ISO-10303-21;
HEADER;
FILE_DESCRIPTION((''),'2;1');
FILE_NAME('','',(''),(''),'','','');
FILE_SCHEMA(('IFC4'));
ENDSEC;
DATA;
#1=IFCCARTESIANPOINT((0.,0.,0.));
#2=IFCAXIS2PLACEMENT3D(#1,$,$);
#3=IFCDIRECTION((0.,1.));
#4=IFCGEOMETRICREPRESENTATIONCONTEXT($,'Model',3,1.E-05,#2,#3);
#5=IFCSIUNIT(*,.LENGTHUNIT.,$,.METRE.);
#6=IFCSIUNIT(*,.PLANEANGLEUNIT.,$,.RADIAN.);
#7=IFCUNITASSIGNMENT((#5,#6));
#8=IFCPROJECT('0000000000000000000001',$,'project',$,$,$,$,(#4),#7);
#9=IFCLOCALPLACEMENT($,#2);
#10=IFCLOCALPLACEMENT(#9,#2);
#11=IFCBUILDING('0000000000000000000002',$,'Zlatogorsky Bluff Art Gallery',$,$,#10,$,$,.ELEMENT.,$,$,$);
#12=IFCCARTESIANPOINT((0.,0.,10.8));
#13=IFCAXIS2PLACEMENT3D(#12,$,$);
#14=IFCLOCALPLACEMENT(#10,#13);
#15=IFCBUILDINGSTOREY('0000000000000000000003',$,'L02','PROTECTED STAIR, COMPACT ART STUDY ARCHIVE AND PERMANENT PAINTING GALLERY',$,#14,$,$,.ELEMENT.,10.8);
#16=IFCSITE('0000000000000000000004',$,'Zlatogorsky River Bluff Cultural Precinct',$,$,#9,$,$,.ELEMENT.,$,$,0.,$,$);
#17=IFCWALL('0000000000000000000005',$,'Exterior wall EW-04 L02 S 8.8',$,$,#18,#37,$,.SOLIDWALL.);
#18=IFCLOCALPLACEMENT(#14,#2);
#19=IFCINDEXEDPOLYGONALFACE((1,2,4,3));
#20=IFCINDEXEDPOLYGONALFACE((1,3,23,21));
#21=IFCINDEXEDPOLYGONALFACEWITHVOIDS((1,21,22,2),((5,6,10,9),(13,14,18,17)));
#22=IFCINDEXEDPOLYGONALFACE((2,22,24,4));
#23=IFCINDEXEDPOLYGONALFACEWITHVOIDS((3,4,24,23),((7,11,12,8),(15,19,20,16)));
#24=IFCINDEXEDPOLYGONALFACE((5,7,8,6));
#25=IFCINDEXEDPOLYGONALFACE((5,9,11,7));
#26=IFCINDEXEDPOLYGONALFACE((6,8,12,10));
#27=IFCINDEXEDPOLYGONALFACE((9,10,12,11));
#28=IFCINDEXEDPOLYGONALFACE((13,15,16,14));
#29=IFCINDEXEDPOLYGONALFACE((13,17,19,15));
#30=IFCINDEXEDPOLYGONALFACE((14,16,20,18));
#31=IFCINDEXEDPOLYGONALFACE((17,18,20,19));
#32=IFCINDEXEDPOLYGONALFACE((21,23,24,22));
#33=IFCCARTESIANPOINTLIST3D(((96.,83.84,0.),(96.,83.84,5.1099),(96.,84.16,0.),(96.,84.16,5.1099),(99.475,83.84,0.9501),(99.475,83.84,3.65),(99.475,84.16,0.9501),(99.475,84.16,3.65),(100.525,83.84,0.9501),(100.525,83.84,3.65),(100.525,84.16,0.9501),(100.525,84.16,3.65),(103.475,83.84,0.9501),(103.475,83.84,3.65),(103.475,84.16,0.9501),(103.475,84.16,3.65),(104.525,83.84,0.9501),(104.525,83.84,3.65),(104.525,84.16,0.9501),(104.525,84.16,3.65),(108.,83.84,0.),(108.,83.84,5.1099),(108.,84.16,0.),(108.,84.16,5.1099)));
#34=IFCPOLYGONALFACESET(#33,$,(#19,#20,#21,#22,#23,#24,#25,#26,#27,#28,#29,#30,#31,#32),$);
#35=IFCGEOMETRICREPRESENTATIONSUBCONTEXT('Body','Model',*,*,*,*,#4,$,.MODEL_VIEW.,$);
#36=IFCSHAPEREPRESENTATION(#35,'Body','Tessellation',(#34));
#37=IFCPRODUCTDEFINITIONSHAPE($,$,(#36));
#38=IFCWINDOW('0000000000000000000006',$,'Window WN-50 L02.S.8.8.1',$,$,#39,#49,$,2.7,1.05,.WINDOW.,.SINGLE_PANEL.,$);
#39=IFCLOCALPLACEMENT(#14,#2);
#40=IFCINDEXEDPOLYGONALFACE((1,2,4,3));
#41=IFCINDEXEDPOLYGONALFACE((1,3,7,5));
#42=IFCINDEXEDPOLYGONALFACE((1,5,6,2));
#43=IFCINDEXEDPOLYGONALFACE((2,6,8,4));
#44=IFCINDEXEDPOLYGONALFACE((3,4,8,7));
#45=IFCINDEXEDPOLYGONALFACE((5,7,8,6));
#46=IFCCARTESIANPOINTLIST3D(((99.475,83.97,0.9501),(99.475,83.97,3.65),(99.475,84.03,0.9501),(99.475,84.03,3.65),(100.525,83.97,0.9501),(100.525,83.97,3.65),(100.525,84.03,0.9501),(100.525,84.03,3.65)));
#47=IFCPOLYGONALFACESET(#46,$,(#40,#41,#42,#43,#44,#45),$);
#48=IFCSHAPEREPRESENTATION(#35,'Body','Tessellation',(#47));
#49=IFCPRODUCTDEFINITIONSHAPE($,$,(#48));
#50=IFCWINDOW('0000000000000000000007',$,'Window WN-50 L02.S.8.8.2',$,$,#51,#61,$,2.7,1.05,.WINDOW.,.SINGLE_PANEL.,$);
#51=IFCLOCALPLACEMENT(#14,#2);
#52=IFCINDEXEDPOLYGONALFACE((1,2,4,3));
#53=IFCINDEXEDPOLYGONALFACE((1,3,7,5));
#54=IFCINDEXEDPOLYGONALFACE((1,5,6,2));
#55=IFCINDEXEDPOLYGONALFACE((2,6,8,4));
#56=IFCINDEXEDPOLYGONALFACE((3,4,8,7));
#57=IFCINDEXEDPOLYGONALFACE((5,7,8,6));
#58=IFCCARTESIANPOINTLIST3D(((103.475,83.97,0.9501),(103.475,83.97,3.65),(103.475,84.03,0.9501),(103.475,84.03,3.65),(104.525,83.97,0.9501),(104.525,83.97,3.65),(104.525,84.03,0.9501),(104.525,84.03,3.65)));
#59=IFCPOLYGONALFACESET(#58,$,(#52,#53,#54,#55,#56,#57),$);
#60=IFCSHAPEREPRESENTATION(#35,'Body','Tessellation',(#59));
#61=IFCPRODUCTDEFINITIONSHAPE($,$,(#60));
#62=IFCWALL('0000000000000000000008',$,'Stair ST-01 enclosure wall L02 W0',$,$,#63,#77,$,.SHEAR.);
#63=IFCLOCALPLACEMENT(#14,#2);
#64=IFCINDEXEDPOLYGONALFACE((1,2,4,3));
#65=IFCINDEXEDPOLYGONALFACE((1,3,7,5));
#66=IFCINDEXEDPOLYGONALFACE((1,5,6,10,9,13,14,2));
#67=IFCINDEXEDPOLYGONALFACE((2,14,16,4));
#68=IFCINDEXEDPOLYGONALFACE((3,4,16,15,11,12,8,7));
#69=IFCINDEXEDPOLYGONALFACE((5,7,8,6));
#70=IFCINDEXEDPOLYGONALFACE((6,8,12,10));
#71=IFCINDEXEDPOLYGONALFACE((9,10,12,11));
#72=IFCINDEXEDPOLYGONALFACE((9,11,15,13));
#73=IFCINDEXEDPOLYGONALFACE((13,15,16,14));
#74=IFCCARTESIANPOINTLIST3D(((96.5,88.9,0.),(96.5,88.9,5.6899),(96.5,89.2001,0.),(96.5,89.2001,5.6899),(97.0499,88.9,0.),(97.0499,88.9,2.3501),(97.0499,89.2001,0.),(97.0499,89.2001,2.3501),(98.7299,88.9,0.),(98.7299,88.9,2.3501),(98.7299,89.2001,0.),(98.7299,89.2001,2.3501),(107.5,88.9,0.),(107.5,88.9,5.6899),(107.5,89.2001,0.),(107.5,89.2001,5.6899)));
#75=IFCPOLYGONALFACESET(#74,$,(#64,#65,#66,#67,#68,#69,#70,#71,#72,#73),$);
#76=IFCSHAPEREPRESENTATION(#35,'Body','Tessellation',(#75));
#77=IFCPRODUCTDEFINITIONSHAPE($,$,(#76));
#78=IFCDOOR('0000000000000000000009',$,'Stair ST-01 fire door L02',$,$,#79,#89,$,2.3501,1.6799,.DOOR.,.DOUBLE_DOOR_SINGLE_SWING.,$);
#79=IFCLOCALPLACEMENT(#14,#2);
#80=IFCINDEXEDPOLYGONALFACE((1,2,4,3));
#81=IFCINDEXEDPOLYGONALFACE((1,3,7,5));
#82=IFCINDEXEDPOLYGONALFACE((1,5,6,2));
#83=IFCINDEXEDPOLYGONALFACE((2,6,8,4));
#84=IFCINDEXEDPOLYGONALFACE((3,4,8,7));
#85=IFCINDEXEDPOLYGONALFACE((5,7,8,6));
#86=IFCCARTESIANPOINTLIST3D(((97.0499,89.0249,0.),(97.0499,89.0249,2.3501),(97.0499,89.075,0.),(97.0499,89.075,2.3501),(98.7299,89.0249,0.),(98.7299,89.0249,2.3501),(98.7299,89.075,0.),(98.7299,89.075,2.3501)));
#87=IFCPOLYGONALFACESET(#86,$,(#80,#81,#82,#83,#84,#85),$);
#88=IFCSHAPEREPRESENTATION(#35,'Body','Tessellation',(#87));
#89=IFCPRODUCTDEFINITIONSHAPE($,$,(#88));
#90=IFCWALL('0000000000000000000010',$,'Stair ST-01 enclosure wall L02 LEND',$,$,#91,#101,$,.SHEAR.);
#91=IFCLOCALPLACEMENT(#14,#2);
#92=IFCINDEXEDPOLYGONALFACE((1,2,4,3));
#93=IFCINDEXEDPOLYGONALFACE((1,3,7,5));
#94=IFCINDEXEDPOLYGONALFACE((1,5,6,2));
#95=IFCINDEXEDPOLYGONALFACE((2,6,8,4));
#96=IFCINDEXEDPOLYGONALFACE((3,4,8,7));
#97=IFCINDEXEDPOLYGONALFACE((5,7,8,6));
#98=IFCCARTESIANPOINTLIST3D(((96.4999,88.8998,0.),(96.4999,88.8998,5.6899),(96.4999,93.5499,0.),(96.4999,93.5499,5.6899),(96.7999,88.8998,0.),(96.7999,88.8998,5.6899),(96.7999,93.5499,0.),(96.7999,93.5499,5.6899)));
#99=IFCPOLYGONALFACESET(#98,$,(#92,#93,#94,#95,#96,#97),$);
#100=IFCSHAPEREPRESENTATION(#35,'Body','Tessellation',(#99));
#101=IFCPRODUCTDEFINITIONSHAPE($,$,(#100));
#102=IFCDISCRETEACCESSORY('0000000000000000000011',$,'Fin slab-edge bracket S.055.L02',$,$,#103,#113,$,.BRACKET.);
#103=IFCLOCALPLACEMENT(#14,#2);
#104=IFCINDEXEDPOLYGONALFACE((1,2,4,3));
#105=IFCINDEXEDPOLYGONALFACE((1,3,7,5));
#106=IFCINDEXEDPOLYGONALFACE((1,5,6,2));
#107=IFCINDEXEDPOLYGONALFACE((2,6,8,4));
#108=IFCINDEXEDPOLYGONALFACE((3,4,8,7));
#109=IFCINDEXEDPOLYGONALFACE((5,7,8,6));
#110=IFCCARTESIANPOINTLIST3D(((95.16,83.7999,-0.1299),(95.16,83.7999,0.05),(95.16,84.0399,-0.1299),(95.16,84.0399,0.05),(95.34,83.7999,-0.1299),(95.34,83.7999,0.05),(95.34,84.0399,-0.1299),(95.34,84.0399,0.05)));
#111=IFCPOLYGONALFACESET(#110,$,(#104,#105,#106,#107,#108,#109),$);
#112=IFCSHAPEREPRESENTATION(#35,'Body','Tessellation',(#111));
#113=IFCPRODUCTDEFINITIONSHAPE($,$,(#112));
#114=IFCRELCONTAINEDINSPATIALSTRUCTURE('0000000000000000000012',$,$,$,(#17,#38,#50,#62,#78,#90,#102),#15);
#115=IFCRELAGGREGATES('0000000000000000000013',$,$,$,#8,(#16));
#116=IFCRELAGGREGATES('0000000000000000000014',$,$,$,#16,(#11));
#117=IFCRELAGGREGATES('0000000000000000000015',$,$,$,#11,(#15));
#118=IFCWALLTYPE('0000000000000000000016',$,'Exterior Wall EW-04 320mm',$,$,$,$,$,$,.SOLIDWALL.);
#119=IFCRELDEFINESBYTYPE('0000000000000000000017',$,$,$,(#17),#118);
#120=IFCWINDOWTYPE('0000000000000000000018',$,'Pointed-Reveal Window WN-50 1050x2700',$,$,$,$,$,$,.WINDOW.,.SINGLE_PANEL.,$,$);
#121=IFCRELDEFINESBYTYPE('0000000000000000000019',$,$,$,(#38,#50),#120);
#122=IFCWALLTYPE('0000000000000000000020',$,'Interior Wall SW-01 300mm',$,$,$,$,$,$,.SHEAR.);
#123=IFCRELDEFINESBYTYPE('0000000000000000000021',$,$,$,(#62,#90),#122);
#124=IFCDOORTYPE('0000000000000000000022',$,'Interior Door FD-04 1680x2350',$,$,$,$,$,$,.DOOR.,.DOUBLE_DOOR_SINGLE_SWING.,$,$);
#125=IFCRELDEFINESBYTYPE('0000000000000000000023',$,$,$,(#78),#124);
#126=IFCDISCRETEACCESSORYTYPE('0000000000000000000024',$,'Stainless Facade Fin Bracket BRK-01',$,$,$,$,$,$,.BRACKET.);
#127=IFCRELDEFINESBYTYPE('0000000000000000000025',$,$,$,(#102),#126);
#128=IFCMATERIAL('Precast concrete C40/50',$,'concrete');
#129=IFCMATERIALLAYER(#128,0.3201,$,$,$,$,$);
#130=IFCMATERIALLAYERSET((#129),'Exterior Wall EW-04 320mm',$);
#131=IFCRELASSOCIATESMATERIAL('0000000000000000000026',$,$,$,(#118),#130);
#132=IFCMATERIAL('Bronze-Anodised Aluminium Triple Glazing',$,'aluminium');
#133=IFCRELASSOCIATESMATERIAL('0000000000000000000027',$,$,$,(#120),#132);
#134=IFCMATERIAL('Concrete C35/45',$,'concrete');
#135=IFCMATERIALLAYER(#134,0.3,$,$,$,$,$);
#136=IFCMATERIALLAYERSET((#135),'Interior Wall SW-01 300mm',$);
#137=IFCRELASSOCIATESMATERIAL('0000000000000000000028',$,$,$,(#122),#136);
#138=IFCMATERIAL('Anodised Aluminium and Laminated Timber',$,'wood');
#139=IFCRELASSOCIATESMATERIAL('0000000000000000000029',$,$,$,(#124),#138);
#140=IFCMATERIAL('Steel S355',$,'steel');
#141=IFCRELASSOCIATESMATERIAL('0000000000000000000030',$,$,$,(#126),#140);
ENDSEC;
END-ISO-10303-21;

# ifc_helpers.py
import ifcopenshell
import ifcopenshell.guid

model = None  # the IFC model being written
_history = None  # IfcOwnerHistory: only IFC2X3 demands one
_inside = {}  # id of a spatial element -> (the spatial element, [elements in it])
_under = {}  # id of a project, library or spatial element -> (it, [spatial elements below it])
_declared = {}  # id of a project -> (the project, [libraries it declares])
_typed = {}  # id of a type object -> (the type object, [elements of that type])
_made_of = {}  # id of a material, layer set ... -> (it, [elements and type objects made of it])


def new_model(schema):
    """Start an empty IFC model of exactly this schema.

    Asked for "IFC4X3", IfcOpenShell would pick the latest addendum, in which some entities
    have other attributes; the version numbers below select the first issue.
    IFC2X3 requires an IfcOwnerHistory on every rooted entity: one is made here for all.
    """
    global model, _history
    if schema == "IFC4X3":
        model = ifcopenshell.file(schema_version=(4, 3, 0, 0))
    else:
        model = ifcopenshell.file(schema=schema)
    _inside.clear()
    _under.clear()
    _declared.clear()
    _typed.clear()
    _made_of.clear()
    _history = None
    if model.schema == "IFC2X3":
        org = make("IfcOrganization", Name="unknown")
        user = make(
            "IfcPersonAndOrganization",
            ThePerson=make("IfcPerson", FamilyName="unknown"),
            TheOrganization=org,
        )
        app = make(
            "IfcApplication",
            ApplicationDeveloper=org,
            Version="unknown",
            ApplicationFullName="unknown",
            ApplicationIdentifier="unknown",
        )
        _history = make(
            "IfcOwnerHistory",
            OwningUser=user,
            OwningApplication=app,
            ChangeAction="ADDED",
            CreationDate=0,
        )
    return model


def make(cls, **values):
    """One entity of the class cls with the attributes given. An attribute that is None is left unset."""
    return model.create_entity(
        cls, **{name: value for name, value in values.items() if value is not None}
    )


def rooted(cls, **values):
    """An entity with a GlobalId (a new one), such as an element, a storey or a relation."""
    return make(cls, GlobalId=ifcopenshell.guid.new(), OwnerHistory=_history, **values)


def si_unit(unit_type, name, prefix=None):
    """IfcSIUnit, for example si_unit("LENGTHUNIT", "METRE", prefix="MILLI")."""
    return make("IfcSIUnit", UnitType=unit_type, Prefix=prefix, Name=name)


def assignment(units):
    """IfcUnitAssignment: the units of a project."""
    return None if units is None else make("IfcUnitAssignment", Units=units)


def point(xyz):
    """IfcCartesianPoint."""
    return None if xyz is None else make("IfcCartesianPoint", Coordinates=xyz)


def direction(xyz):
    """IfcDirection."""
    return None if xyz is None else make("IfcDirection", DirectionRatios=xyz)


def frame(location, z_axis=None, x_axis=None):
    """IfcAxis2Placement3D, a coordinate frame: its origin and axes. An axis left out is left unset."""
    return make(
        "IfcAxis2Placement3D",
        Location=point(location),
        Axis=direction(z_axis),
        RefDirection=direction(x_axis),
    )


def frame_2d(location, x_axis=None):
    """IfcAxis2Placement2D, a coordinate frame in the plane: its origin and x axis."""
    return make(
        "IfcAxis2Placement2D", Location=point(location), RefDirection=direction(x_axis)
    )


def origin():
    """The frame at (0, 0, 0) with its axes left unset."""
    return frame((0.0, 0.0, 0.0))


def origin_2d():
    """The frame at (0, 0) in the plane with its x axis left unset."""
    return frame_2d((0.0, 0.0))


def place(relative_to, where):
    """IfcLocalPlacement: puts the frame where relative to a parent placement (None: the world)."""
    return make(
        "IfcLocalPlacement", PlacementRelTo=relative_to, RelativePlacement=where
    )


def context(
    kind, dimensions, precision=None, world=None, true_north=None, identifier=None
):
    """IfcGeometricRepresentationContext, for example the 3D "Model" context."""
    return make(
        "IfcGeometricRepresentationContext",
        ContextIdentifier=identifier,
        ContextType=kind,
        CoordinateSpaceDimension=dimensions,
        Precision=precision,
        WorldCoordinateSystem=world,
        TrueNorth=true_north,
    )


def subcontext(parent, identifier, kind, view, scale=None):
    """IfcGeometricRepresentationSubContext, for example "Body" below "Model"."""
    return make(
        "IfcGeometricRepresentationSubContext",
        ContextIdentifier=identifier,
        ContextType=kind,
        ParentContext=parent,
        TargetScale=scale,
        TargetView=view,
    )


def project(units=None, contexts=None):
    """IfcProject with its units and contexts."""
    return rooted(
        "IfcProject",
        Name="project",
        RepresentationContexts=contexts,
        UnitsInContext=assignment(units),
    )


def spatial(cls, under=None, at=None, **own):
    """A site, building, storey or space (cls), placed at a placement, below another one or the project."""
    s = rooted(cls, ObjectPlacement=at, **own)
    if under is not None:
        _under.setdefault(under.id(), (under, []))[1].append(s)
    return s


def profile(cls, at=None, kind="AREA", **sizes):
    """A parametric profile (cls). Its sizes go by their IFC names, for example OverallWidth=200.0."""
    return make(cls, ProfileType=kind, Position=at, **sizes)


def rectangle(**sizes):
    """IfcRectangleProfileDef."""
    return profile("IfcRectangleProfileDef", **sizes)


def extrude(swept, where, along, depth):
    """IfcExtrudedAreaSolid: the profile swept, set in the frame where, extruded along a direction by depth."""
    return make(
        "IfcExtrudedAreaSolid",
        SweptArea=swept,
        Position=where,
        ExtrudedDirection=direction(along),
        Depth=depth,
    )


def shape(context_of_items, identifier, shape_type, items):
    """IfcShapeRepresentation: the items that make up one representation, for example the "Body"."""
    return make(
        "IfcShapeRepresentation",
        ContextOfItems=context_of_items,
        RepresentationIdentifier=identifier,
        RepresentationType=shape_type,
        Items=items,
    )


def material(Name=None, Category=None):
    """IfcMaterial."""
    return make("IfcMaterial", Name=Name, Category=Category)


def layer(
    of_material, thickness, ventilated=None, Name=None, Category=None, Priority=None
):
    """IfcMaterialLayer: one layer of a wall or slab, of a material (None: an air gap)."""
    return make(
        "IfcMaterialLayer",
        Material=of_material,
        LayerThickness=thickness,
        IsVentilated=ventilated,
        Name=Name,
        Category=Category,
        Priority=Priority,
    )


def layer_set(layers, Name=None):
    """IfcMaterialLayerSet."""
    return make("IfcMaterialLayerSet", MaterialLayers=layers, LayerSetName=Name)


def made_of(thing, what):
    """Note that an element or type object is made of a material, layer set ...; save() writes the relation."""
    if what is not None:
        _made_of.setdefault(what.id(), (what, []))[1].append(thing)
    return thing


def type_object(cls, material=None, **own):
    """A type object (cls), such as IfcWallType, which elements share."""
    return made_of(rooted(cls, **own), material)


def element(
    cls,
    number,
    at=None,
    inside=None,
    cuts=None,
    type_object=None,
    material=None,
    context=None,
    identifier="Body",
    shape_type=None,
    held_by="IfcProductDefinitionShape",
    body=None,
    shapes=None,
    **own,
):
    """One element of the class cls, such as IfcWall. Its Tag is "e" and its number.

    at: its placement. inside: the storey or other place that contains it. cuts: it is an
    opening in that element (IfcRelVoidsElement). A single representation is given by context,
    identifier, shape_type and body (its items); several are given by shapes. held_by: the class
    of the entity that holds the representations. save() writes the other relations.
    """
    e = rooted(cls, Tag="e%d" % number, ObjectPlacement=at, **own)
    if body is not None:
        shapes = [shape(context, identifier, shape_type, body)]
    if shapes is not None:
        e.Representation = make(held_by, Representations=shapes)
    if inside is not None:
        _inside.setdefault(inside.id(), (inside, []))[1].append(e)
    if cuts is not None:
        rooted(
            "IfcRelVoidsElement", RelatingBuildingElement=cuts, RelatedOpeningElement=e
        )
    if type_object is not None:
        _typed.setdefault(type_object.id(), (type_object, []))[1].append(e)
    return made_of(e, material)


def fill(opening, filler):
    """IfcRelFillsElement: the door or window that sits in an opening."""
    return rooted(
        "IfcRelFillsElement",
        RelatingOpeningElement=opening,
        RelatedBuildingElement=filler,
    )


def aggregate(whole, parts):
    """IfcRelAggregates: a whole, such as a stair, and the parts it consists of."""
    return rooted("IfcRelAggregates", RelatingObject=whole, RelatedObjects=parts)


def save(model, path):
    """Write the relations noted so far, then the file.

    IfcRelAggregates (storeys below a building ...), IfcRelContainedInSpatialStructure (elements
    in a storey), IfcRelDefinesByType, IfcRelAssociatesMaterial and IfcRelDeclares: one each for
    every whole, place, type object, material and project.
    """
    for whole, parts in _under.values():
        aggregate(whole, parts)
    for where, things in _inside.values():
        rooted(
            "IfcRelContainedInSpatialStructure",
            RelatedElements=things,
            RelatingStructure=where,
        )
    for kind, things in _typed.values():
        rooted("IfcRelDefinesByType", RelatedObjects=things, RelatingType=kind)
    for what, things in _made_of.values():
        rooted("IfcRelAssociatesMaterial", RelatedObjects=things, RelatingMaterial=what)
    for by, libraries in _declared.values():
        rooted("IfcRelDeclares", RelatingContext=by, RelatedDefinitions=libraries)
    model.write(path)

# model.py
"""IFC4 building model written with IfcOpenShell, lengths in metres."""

from ifc_helpers import new_model, si_unit, direction, frame, frame_2d, origin, origin_2d, place, context, subcontext, project, spatial, rectangle, extrude, material, layer, layer_set, type_object, element, fill, save


model = new_model("IFC4")

# Units and contexts
model_context = context("Model", 3, precision=1e-05, world=origin(), true_north=direction((0.0, 1.0)))
body_context = subcontext(model_context, "Body", "Model", "MODEL_VIEW")
ifc_project = project(units=[si_unit("LENGTHUNIT", "METRE"), si_unit("PLANEANGLEUNIT", "RADIAN")], contexts=[model_context])

# Site, building, storey
site_placement = place(None, origin())
site = spatial("IfcSite", under=ifc_project, at=site_placement, Name="Zlatogorsky River Bluff Cultural Precinct", CompositionType="ELEMENT", RefElevation=0.0)
building_placement = place(site_placement, origin())
building = spatial("IfcBuilding", under=site, at=building_placement, Name="Zlatogorsky Bluff Art Gallery", CompositionType="ELEMENT")
storey_placement = place(building_placement, frame((0.0, 0.0, 10.8)))
storey = spatial("IfcBuildingStorey", under=building, at=storey_placement, Name="L02", Description="PROTECTED STAIR, COMPACT ART STUDY ARCHIVE AND PERMANENT PAINTING GALLERY", CompositionType="ELEMENT", Elevation=10.8)

# Shared definitions
ifc_material_1 = material(Name="Steel S355", Category="steel")

# Wall, openings, windows
ifc_material_2 = material(Name="Precast concrete C40/50", Category="concrete")
ifc_layer_1 = layer(ifc_material_2, 0.3201)
ifc_layer_set_1 = layer_set([ifc_layer_1], Name="Exterior Wall EW-04 320mm")
wall_type_1 = type_object("IfcWallType", Name="Exterior Wall EW-04 320mm", PredefinedType="SOLIDWALL", material=ifc_layer_set_1)
wall_1_placement = place(storey_placement, frame((96.0, 84.0, 0.0), z_axis=(0.0, 0.0, 1.0), x_axis=(1.0, 0.0, 0.0)))
wall_1 = element("IfcWall", 1, at=wall_1_placement, inside=storey, type_object=wall_type_1, Name="Exterior wall EW-04 L02 S 8.8", PredefinedType="SOLIDWALL", context=body_context, shape_type="SweptSolid", body=[
    extrude(rectangle(XDim=12.0, YDim=0.3201, at=frame_2d((6.0, 0.0))), origin(), (0.0, 0.0, 1.0), 5.1099),
])
opening_1_placement = place(wall_1_placement, frame((3.4751, 0.0, 0.95)))
opening_1 = element("IfcOpeningElement", 2, at=opening_1_placement, cuts=wall_1, PredefinedType="OPENING", context=body_context, shape_type="SweptSolid", body=[
    extrude(rectangle(XDim=1.05, YDim=2.7, at=frame_2d((0.5249, 1.3501))), frame((0.0, 0.1699, 0.0), z_axis=(0.0, -1.0, 0.0), x_axis=(1.0, 0.0, 0.0)), (0.0, 0.0, 1.0), 0.3401),
])
opening_2_placement = place(wall_1_placement, frame((7.4751, 0.0, 0.95)))
opening_2 = element("IfcOpeningElement", 3, at=opening_2_placement, cuts=wall_1, PredefinedType="OPENING", context=body_context, shape_type="SweptSolid", body=[
    extrude(rectangle(XDim=1.05, YDim=2.7, at=frame_2d((0.5249, 1.3501))), frame((0.0, 0.1699, 0.0), z_axis=(0.0, -1.0, 0.0), x_axis=(1.0, 0.0, 0.0)), (0.0, 0.0, 1.0), 0.3401),
])
ifc_material_3 = material(Name="Bronze-Anodised Aluminium Triple Glazing", Category="aluminium")
window_type = type_object("IfcWindowType", Name="Pointed-Reveal Window WN-50 1050x2700", PartitioningType="SINGLE_PANEL", PredefinedType="WINDOW", material=ifc_material_3)
window_1_placement = place(opening_1_placement, origin())
window_1 = element("IfcWindow", 4, at=window_1_placement, inside=storey, type_object=window_type, Name="Window WN-50 L02.S.8.8.1", OverallHeight=2.7, OverallWidth=1.05, PartitioningType="SINGLE_PANEL", PredefinedType="WINDOW", context=body_context, shape_type="SweptSolid", body=[
    extrude(rectangle(XDim=1.05, YDim=2.7, at=frame_2d((0.5249, 1.3501))), frame((0.0, 0.03, 0.0), z_axis=(0.0, -1.0, 0.0), x_axis=(1.0, 0.0, 0.0)), (0.0, 0.0, 1.0), 0.0601),
])
fill(opening_1, window_1)
window_2_placement = place(opening_2_placement, origin())
window_2 = element("IfcWindow", 5, at=window_2_placement, inside=storey, type_object=window_type, Name="Window WN-50 L02.S.8.8.2", OverallHeight=2.7, OverallWidth=1.05, PartitioningType="SINGLE_PANEL", PredefinedType="WINDOW", context=body_context, shape_type="SweptSolid", body=[
    extrude(rectangle(XDim=1.05, YDim=2.7, at=frame_2d((0.5249, 1.3501))), frame((0.0, 0.03, 0.0), z_axis=(0.0, -1.0, 0.0), x_axis=(1.0, 0.0, 0.0)), (0.0, 0.0, 1.0), 0.0601),
])
fill(opening_2, window_2)

# Wall, opening, door
ifc_material_4 = material(Name="Concrete C35/45", Category="concrete")
ifc_layer_2 = layer(ifc_material_4, 0.3)
ifc_layer_set_2 = layer_set([ifc_layer_2], Name="Interior Wall SW-01 300mm")
wall_type_2 = type_object("IfcWallType", Name="Interior Wall SW-01 300mm", PredefinedType="SHEAR", material=ifc_layer_set_2)
wall_2_placement = place(storey_placement, frame((96.5, 89.05, 0.0), z_axis=(0.0, 0.0, 1.0), x_axis=(1.0, 0.0, 0.0)))
wall_2 = element("IfcWall", 6, at=wall_2_placement, inside=storey, type_object=wall_type_2, Name="Stair ST-01 enclosure wall L02 W0", PredefinedType="SHEAR", context=body_context, shape_type="SweptSolid", body=[
    extrude(rectangle(XDim=11.0, YDim=0.3, at=frame_2d((5.5, 0.0))), origin(), (0.0, 0.0, 1.0), 5.6899),
])
opening_3_placement = place(wall_2_placement, frame((0.55, 0.0, 0.0)))
opening_3 = element("IfcOpeningElement", 7, at=opening_3_placement, cuts=wall_2, PredefinedType="OPENING", context=body_context, shape_type="SweptSolid", body=[
    extrude(rectangle(XDim=1.6799, YDim=2.3501, at=frame_2d((0.8398, 1.175))), frame((0.0, 0.1599, 0.0), z_axis=(0.0, -1.0, 0.0), x_axis=(1.0, 0.0, 0.0)), (0.0, 0.0, 1.0), 0.3201),
])
ifc_material_5 = material(Name="Anodised Aluminium and Laminated Timber", Category="wood")
door_type = type_object("IfcDoorType", Name="Interior Door FD-04 1680x2350", OperationType="DOUBLE_DOOR_SINGLE_SWING", PredefinedType="DOOR", material=ifc_material_5)
door_placement = place(opening_3_placement, origin())
door = element("IfcDoor", 8, at=door_placement, inside=storey, type_object=door_type, Name="Stair ST-01 fire door L02", OperationType="DOUBLE_DOOR_SINGLE_SWING", OverallHeight=2.3501, OverallWidth=1.6799, PredefinedType="DOOR", context=body_context, shape_type="SweptSolid", body=[
    extrude(rectangle(XDim=1.6799, YDim=2.3501, at=frame_2d((0.8398, 1.175))), frame((0.0, 0.0249, 0.0), z_axis=(0.0, -1.0, 0.0), x_axis=(1.0, 0.0, 0.0)), (0.0, 0.0, 1.0), 0.05),
])
fill(opening_3, door)

# Wall
wall_3_placement = place(storey_placement, frame((96.6499, 93.55, 0.0), z_axis=(0.0, 0.0, 1.0), x_axis=(0.0, -1.0, 0.0)))
element("IfcWall", 9, at=wall_3_placement, inside=storey, type_object=wall_type_2, Name="Stair ST-01 enclosure wall L02 LEND", PredefinedType="SHEAR", context=body_context, shape_type="SweptSolid", body=[
    extrude(rectangle(XDim=4.6501, YDim=0.3, at=frame_2d((2.3252, 0.0))), origin(), (0.0, 0.0, 1.0), 5.6899),
])

# Discrete accessory
discrete_accessory_type = type_object("IfcDiscreteAccessoryType", Name="Stainless Facade Fin Bracket BRK-01", PredefinedType="BRACKET", material=ifc_material_1)
discrete_accessory_placement = place(storey_placement, frame((95.25, 83.9199, -0.1299), z_axis=(0.0, 0.0, 1.0), x_axis=(1.0, 0.0, 0.0)))
element("IfcDiscreteAccessory", 10, at=discrete_accessory_placement, inside=storey, type_object=discrete_accessory_type, Name="Fin slab-edge bracket S.055.L02", PredefinedType="BRACKET", context=body_context, shape_type="SweptSolid", body=[
    extrude(rectangle(XDim=0.1799, YDim=0.24, at=origin_2d()), origin(), (0.0, 0.0, 1.0), 0.1799),
])

save(model, "model.ifc")
